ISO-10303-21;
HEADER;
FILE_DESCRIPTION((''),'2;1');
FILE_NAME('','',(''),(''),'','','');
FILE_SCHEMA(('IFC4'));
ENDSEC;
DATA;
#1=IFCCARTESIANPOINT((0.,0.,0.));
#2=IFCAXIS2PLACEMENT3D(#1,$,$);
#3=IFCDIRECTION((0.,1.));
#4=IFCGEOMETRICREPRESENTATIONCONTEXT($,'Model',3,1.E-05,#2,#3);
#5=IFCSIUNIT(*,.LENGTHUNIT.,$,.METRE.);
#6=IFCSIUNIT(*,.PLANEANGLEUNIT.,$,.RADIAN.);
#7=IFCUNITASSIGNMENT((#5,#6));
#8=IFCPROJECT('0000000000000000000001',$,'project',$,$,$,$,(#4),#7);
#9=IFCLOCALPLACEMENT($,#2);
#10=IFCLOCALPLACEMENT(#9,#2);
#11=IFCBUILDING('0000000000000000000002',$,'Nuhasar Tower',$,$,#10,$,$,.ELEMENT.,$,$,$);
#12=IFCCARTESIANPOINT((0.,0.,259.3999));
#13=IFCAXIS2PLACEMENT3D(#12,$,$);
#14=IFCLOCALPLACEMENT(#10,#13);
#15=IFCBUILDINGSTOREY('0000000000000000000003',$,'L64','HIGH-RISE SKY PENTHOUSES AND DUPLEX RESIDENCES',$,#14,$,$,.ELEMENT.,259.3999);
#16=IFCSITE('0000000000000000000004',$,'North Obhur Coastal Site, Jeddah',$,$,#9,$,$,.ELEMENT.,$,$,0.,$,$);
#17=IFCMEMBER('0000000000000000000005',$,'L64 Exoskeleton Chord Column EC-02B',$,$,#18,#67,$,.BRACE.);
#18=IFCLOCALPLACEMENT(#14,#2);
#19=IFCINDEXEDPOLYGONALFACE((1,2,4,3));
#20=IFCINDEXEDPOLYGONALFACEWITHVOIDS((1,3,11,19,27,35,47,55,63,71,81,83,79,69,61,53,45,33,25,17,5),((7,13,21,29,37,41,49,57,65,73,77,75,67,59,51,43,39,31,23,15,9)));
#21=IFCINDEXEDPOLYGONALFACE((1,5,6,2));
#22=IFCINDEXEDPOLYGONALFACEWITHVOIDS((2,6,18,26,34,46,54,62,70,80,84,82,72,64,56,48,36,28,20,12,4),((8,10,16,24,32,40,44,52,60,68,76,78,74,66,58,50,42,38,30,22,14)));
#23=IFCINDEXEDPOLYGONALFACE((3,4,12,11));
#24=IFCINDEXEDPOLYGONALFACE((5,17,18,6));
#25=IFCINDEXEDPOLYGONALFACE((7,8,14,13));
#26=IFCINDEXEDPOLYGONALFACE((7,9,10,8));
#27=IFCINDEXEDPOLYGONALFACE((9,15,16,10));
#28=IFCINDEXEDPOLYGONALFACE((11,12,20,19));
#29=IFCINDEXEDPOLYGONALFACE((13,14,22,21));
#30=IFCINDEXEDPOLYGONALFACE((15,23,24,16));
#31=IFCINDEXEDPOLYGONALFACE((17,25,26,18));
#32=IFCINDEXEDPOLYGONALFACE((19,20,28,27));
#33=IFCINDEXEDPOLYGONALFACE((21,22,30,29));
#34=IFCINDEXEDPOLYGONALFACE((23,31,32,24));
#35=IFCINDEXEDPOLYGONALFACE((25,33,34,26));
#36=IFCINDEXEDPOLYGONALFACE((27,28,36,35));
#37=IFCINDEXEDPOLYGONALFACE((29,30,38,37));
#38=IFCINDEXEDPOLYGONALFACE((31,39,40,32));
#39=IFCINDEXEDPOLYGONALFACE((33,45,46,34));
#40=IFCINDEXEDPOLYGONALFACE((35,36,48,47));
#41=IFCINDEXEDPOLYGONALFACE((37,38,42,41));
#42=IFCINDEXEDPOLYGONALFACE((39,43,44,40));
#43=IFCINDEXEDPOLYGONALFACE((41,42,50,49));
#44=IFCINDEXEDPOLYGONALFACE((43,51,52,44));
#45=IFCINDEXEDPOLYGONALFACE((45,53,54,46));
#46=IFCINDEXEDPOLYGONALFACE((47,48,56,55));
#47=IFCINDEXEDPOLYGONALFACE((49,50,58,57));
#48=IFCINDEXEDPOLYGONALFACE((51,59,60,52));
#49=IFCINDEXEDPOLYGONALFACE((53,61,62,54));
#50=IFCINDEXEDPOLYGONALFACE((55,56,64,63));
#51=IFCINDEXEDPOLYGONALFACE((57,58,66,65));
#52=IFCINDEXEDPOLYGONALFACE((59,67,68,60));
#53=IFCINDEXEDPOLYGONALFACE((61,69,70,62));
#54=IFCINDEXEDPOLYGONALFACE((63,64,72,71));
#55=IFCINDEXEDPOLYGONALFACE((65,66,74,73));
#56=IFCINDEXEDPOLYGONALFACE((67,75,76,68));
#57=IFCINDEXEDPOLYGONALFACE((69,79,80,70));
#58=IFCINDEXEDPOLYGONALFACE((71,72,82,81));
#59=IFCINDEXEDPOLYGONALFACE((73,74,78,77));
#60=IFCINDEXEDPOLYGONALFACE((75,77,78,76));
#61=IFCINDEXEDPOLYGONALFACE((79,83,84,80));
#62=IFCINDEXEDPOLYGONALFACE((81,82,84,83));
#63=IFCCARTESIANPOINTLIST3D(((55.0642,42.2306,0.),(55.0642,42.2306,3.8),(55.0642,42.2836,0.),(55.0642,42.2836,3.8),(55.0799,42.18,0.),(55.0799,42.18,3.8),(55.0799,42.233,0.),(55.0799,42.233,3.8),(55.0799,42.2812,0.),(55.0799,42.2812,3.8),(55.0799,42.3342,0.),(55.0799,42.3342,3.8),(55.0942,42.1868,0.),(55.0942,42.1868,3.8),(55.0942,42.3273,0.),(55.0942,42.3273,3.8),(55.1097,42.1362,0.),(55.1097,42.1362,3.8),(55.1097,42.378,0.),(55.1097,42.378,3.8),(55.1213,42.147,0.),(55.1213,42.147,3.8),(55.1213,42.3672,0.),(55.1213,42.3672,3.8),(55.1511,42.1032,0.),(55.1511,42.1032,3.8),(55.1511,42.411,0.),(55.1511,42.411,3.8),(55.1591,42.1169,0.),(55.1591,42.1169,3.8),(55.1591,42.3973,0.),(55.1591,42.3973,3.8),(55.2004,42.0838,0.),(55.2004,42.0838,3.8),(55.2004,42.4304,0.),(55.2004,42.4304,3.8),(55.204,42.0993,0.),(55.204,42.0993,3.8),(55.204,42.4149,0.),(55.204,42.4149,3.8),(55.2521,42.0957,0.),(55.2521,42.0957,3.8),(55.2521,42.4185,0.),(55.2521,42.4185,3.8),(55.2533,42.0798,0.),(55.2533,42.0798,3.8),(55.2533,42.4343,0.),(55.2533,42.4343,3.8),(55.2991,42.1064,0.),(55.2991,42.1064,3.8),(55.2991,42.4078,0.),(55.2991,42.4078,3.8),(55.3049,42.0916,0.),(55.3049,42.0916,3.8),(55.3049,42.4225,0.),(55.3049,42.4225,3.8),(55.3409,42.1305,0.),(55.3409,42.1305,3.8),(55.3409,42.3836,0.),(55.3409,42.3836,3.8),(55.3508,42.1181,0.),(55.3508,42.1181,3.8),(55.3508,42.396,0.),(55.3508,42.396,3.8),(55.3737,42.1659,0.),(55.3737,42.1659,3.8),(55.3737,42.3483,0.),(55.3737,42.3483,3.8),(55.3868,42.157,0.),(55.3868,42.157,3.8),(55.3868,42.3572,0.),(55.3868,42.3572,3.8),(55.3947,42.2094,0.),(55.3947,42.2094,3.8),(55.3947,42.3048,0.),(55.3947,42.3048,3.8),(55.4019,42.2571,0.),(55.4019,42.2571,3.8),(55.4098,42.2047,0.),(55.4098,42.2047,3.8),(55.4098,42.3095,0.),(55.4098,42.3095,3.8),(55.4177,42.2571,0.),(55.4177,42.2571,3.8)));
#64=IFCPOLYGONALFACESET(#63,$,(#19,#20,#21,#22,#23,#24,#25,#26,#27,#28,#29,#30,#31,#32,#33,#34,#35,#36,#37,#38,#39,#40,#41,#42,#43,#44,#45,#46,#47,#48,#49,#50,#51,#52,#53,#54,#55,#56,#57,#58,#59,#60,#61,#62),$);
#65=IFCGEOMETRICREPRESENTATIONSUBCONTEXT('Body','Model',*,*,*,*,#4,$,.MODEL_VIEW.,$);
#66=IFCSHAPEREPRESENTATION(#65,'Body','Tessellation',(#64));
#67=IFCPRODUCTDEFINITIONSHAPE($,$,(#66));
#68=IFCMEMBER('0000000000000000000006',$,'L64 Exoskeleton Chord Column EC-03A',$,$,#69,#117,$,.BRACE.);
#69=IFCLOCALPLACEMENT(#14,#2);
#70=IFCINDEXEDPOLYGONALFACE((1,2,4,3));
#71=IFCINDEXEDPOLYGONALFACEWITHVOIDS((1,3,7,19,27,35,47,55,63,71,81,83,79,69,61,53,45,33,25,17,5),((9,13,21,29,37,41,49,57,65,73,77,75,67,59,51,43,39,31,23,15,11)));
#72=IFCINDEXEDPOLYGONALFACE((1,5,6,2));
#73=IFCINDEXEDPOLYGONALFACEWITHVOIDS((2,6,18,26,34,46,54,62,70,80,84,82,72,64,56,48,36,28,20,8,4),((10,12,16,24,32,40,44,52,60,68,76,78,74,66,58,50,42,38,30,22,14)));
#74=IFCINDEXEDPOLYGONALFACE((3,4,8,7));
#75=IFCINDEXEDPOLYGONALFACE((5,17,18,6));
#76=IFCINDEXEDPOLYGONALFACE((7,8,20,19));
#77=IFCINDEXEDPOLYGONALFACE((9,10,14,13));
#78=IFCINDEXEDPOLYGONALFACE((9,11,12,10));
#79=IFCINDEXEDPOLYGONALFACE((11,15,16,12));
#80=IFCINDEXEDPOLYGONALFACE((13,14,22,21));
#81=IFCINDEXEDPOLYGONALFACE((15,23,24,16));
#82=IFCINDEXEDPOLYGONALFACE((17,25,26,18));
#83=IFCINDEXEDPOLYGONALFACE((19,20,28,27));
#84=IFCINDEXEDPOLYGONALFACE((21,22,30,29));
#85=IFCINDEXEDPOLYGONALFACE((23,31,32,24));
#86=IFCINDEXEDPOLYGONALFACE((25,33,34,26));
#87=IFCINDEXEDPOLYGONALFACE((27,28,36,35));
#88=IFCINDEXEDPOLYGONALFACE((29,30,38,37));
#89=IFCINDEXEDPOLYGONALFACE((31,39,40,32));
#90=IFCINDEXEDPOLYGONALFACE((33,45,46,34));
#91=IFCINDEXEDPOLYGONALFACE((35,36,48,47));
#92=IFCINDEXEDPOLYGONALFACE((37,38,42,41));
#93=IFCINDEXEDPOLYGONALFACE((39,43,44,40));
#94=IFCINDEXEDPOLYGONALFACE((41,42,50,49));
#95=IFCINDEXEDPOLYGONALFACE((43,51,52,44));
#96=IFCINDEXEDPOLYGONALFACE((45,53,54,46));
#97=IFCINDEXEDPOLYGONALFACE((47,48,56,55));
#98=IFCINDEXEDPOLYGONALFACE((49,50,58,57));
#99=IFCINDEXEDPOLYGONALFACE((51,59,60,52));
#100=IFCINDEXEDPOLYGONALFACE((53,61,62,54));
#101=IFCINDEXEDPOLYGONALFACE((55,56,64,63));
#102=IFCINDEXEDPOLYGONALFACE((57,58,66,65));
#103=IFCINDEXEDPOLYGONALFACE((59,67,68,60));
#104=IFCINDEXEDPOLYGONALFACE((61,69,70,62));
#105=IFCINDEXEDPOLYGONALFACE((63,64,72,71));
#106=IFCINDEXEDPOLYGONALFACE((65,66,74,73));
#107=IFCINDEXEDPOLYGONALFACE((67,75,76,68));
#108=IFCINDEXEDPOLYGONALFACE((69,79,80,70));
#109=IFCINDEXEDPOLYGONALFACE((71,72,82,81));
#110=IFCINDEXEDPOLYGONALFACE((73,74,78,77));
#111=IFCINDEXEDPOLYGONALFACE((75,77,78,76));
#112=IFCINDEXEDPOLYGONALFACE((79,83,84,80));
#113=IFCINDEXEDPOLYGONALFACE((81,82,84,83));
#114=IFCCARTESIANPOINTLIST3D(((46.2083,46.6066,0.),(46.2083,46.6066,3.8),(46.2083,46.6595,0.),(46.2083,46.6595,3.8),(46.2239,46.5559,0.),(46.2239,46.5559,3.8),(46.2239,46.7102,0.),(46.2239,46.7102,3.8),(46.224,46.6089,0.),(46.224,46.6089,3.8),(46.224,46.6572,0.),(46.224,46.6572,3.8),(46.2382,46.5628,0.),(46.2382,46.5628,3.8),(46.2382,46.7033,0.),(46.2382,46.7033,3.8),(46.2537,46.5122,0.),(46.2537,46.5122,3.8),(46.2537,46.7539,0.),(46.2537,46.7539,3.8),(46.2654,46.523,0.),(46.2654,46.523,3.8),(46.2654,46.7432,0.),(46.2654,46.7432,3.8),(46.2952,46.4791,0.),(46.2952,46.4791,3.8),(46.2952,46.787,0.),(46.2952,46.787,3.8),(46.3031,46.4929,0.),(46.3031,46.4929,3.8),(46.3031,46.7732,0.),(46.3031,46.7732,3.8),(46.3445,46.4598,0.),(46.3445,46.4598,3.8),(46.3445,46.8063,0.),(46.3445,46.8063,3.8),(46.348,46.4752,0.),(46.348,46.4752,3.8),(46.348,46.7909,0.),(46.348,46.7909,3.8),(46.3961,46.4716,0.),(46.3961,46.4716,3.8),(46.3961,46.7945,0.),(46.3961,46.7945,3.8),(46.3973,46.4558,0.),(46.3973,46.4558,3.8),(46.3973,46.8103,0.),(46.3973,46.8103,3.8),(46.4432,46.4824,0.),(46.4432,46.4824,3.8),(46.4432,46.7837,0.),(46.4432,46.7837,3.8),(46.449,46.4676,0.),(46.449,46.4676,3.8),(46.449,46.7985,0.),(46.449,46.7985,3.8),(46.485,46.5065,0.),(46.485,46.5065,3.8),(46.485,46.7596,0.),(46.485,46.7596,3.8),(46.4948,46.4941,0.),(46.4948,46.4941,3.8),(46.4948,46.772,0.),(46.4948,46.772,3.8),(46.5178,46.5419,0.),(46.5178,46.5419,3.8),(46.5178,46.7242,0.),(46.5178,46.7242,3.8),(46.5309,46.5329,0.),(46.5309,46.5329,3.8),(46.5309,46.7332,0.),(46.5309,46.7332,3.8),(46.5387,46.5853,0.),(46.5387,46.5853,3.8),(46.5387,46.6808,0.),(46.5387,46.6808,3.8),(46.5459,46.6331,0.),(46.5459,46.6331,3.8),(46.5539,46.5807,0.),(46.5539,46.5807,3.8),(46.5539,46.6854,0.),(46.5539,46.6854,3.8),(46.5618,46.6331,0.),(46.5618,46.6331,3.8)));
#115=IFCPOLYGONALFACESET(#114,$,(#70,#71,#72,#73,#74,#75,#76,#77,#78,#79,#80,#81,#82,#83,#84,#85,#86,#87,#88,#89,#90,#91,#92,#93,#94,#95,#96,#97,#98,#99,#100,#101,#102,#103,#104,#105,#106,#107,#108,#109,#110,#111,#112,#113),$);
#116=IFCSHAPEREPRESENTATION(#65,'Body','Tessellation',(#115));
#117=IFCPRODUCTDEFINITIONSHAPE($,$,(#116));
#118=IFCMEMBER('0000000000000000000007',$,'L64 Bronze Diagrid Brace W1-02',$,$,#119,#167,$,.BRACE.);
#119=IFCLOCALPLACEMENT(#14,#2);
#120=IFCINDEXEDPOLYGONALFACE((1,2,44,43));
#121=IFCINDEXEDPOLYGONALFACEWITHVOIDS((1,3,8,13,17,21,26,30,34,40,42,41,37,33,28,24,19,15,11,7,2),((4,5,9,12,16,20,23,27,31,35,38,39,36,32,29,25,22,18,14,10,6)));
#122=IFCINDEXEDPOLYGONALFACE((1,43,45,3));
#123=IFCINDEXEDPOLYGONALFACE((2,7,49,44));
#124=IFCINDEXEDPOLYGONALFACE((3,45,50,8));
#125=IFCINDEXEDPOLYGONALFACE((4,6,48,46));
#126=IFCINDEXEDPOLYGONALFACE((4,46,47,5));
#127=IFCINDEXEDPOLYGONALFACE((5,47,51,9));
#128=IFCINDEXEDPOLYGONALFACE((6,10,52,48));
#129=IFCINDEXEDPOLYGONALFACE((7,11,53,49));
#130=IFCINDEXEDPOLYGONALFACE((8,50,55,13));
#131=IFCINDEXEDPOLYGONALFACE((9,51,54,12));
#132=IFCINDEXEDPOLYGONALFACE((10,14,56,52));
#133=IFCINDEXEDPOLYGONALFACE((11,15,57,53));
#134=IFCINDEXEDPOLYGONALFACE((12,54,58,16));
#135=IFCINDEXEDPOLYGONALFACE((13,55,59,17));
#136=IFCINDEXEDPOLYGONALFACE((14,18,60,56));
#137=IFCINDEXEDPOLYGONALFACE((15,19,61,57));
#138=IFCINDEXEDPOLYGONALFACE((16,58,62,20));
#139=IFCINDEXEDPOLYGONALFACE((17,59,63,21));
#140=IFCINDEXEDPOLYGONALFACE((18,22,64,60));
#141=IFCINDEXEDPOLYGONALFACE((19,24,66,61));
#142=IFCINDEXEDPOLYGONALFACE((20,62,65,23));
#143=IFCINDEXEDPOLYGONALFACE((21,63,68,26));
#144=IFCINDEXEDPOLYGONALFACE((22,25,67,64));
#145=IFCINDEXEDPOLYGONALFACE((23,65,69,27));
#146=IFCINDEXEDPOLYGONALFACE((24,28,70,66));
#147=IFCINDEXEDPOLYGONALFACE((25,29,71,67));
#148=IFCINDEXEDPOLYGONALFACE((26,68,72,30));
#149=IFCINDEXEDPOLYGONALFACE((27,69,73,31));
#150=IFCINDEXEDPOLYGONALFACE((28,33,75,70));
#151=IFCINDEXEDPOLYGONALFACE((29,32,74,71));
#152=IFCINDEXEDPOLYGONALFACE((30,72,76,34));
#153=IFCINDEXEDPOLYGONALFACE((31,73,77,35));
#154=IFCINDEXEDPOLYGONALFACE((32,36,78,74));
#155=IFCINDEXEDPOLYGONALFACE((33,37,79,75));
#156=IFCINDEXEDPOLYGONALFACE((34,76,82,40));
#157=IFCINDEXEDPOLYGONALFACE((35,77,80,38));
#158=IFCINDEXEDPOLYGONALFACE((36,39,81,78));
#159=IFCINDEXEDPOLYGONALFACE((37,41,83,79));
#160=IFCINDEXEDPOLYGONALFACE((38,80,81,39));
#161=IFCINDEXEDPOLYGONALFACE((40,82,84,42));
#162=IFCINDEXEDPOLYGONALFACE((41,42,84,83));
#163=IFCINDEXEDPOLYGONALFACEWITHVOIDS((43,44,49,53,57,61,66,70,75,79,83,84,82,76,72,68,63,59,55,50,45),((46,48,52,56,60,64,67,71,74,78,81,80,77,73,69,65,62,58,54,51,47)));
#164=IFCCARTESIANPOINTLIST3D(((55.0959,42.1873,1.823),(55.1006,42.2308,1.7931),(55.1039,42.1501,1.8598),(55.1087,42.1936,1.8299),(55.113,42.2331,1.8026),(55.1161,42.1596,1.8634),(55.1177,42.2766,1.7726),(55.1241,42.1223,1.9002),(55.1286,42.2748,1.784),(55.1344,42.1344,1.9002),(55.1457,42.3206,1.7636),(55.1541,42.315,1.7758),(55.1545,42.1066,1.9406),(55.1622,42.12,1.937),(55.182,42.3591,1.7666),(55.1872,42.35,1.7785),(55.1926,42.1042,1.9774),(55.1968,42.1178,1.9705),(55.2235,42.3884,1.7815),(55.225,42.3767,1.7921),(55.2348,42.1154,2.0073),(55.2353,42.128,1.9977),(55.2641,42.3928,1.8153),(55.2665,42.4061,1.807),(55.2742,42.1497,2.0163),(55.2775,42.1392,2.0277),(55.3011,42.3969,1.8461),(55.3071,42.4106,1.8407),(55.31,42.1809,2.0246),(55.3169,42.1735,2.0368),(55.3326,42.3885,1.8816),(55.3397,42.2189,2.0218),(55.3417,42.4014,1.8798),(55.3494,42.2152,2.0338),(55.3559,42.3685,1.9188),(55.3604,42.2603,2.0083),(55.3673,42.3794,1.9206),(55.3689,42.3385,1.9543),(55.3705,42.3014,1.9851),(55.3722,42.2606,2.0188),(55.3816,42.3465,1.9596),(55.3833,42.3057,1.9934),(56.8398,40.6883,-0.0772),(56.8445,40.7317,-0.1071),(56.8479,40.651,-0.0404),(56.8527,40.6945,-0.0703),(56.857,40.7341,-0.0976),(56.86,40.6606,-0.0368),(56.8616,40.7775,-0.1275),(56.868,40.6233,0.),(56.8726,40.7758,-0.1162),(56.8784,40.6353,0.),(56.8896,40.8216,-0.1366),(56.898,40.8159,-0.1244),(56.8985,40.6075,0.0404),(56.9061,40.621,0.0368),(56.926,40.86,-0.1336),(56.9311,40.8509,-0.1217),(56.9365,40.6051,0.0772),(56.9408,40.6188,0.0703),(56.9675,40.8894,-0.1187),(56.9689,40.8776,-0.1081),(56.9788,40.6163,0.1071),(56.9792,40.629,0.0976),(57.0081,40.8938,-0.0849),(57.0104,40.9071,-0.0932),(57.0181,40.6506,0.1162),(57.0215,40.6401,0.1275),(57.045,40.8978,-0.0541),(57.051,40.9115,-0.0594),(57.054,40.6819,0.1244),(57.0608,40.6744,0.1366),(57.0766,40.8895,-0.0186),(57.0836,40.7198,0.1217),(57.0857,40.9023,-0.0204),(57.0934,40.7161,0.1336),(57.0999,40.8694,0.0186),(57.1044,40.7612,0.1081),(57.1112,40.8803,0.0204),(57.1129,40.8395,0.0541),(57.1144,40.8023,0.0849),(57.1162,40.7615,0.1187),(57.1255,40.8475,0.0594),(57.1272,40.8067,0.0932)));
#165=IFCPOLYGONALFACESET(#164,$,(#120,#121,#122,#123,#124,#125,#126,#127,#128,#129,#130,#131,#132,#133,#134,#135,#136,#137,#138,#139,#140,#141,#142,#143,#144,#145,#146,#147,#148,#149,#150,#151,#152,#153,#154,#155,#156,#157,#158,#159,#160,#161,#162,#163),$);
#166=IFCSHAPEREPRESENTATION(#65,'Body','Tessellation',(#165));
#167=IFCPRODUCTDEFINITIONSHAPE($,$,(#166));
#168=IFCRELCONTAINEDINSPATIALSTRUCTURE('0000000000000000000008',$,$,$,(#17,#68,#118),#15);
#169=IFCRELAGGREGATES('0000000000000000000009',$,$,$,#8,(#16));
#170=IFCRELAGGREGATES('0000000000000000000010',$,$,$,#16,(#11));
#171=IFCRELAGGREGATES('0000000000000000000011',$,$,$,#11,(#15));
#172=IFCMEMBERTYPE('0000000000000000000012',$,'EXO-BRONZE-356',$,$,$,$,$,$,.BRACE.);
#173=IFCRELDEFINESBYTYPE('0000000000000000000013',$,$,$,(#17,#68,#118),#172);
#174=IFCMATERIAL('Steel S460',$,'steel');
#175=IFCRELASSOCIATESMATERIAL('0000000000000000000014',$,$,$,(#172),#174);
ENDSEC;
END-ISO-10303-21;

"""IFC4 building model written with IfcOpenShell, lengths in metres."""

from ifc_helpers import new_model, si_unit, direction, frame, origin, origin_2d, place, context, subcontext, project, spatial, hollow_circle, extrude, material, material_profile, profile_set, type_object, element, save


model = new_model("IFC4")

# Units and contexts
model_context = context("Model", 3, precision=1e-05, world=origin(), true_north=direction((0.0, 1.0)))
body_context = subcontext(model_context, "Body", "Model", "MODEL_VIEW")
ifc_project = project(units=[si_unit("LENGTHUNIT", "METRE"), si_unit("PLANEANGLEUNIT", "RADIAN")], contexts=[model_context])

# Site, building, storey
site_placement = place(None, origin())
site = spatial("IfcSite", under=ifc_project, at=site_placement, Name="North Obhur Coastal Site, Jeddah", CompositionType="ELEMENT", RefElevation=0.0)
building_placement = place(site_placement, origin())
building = spatial("IfcBuilding", under=site, at=building_placement, Name="Nuhasar Tower", CompositionType="ELEMENT")
storey_placement = place(building_placement, frame((0.0, 0.0, 259.3999)))
storey = spatial("IfcBuildingStorey", under=building, at=storey_placement, Name="L64", Description="HIGH-RISE SKY PENTHOUSES AND DUPLEX RESIDENCES", CompositionType="ELEMENT", Elevation=259.3999)

# Members
ifc_material_1 = material(Name="Steel S460", Category="steel")
ifc_material_profile_1 = material_profile(ifc_material_1, hollow_circle(Radius=0.1777, WallThickness=0.0159, at=origin_2d()), Name="HSS355.6X15.9")
ifc_profile_set_1 = profile_set([ifc_material_profile_1], Name="Steel S460")
member_type_1 = type_object("IfcMemberType", Name="EXO-BRONZE-356", PredefinedType="BRACE", material=ifc_profile_set_1)
for number, where, z_axis, x_axis, name in (
    (1, (55.24, 42.2571, 0.0), (0.0, 0.0, 1.0), (1.0, 0.0, 0.0), "L64 Exoskeleton Chord Column EC-02B"),
    (2, (46.384, 46.6331, 0.0), (0.0, 0.0, 1.0), (1.0, 0.0, 0.0), "L64 Exoskeleton Chord Column EC-03A"),
):
    element("IfcMember", number, at=place(storey_placement, frame(where, z_axis=z_axis, x_axis=x_axis)), inside=storey, type_object=member_type_1, Name=name, PredefinedType="BRACE", context=body_context, shape_type="SweptSolid", body=[
        extrude(hollow_circle(Radius=0.1777, WallThickness=0.0159, at=origin_2d()), origin(), (0.0, 0.0, 1.0), 3.8),
    ])
member_1_placement = place(storey_placement, frame((56.9839, 40.7581, 0.0), z_axis=(-0.584595, 0.502508, 0.636973), x_axis=(-0.651857, -0.758342, 0.0)))
element("IfcMember", 3, at=member_1_placement, inside=storey, type_object=member_type_1, Name="L64 Bronze Diagrid Brace W1-02", PredefinedType="BRACE", context=body_context, shape_type="SweptSolid", body=[
    extrude(hollow_circle(Radius=0.1777, WallThickness=0.0159, at=origin_2d()), origin(), (0.0, 0.0, 1.0), 2.9832),
])

save(model, "model.ifc")
